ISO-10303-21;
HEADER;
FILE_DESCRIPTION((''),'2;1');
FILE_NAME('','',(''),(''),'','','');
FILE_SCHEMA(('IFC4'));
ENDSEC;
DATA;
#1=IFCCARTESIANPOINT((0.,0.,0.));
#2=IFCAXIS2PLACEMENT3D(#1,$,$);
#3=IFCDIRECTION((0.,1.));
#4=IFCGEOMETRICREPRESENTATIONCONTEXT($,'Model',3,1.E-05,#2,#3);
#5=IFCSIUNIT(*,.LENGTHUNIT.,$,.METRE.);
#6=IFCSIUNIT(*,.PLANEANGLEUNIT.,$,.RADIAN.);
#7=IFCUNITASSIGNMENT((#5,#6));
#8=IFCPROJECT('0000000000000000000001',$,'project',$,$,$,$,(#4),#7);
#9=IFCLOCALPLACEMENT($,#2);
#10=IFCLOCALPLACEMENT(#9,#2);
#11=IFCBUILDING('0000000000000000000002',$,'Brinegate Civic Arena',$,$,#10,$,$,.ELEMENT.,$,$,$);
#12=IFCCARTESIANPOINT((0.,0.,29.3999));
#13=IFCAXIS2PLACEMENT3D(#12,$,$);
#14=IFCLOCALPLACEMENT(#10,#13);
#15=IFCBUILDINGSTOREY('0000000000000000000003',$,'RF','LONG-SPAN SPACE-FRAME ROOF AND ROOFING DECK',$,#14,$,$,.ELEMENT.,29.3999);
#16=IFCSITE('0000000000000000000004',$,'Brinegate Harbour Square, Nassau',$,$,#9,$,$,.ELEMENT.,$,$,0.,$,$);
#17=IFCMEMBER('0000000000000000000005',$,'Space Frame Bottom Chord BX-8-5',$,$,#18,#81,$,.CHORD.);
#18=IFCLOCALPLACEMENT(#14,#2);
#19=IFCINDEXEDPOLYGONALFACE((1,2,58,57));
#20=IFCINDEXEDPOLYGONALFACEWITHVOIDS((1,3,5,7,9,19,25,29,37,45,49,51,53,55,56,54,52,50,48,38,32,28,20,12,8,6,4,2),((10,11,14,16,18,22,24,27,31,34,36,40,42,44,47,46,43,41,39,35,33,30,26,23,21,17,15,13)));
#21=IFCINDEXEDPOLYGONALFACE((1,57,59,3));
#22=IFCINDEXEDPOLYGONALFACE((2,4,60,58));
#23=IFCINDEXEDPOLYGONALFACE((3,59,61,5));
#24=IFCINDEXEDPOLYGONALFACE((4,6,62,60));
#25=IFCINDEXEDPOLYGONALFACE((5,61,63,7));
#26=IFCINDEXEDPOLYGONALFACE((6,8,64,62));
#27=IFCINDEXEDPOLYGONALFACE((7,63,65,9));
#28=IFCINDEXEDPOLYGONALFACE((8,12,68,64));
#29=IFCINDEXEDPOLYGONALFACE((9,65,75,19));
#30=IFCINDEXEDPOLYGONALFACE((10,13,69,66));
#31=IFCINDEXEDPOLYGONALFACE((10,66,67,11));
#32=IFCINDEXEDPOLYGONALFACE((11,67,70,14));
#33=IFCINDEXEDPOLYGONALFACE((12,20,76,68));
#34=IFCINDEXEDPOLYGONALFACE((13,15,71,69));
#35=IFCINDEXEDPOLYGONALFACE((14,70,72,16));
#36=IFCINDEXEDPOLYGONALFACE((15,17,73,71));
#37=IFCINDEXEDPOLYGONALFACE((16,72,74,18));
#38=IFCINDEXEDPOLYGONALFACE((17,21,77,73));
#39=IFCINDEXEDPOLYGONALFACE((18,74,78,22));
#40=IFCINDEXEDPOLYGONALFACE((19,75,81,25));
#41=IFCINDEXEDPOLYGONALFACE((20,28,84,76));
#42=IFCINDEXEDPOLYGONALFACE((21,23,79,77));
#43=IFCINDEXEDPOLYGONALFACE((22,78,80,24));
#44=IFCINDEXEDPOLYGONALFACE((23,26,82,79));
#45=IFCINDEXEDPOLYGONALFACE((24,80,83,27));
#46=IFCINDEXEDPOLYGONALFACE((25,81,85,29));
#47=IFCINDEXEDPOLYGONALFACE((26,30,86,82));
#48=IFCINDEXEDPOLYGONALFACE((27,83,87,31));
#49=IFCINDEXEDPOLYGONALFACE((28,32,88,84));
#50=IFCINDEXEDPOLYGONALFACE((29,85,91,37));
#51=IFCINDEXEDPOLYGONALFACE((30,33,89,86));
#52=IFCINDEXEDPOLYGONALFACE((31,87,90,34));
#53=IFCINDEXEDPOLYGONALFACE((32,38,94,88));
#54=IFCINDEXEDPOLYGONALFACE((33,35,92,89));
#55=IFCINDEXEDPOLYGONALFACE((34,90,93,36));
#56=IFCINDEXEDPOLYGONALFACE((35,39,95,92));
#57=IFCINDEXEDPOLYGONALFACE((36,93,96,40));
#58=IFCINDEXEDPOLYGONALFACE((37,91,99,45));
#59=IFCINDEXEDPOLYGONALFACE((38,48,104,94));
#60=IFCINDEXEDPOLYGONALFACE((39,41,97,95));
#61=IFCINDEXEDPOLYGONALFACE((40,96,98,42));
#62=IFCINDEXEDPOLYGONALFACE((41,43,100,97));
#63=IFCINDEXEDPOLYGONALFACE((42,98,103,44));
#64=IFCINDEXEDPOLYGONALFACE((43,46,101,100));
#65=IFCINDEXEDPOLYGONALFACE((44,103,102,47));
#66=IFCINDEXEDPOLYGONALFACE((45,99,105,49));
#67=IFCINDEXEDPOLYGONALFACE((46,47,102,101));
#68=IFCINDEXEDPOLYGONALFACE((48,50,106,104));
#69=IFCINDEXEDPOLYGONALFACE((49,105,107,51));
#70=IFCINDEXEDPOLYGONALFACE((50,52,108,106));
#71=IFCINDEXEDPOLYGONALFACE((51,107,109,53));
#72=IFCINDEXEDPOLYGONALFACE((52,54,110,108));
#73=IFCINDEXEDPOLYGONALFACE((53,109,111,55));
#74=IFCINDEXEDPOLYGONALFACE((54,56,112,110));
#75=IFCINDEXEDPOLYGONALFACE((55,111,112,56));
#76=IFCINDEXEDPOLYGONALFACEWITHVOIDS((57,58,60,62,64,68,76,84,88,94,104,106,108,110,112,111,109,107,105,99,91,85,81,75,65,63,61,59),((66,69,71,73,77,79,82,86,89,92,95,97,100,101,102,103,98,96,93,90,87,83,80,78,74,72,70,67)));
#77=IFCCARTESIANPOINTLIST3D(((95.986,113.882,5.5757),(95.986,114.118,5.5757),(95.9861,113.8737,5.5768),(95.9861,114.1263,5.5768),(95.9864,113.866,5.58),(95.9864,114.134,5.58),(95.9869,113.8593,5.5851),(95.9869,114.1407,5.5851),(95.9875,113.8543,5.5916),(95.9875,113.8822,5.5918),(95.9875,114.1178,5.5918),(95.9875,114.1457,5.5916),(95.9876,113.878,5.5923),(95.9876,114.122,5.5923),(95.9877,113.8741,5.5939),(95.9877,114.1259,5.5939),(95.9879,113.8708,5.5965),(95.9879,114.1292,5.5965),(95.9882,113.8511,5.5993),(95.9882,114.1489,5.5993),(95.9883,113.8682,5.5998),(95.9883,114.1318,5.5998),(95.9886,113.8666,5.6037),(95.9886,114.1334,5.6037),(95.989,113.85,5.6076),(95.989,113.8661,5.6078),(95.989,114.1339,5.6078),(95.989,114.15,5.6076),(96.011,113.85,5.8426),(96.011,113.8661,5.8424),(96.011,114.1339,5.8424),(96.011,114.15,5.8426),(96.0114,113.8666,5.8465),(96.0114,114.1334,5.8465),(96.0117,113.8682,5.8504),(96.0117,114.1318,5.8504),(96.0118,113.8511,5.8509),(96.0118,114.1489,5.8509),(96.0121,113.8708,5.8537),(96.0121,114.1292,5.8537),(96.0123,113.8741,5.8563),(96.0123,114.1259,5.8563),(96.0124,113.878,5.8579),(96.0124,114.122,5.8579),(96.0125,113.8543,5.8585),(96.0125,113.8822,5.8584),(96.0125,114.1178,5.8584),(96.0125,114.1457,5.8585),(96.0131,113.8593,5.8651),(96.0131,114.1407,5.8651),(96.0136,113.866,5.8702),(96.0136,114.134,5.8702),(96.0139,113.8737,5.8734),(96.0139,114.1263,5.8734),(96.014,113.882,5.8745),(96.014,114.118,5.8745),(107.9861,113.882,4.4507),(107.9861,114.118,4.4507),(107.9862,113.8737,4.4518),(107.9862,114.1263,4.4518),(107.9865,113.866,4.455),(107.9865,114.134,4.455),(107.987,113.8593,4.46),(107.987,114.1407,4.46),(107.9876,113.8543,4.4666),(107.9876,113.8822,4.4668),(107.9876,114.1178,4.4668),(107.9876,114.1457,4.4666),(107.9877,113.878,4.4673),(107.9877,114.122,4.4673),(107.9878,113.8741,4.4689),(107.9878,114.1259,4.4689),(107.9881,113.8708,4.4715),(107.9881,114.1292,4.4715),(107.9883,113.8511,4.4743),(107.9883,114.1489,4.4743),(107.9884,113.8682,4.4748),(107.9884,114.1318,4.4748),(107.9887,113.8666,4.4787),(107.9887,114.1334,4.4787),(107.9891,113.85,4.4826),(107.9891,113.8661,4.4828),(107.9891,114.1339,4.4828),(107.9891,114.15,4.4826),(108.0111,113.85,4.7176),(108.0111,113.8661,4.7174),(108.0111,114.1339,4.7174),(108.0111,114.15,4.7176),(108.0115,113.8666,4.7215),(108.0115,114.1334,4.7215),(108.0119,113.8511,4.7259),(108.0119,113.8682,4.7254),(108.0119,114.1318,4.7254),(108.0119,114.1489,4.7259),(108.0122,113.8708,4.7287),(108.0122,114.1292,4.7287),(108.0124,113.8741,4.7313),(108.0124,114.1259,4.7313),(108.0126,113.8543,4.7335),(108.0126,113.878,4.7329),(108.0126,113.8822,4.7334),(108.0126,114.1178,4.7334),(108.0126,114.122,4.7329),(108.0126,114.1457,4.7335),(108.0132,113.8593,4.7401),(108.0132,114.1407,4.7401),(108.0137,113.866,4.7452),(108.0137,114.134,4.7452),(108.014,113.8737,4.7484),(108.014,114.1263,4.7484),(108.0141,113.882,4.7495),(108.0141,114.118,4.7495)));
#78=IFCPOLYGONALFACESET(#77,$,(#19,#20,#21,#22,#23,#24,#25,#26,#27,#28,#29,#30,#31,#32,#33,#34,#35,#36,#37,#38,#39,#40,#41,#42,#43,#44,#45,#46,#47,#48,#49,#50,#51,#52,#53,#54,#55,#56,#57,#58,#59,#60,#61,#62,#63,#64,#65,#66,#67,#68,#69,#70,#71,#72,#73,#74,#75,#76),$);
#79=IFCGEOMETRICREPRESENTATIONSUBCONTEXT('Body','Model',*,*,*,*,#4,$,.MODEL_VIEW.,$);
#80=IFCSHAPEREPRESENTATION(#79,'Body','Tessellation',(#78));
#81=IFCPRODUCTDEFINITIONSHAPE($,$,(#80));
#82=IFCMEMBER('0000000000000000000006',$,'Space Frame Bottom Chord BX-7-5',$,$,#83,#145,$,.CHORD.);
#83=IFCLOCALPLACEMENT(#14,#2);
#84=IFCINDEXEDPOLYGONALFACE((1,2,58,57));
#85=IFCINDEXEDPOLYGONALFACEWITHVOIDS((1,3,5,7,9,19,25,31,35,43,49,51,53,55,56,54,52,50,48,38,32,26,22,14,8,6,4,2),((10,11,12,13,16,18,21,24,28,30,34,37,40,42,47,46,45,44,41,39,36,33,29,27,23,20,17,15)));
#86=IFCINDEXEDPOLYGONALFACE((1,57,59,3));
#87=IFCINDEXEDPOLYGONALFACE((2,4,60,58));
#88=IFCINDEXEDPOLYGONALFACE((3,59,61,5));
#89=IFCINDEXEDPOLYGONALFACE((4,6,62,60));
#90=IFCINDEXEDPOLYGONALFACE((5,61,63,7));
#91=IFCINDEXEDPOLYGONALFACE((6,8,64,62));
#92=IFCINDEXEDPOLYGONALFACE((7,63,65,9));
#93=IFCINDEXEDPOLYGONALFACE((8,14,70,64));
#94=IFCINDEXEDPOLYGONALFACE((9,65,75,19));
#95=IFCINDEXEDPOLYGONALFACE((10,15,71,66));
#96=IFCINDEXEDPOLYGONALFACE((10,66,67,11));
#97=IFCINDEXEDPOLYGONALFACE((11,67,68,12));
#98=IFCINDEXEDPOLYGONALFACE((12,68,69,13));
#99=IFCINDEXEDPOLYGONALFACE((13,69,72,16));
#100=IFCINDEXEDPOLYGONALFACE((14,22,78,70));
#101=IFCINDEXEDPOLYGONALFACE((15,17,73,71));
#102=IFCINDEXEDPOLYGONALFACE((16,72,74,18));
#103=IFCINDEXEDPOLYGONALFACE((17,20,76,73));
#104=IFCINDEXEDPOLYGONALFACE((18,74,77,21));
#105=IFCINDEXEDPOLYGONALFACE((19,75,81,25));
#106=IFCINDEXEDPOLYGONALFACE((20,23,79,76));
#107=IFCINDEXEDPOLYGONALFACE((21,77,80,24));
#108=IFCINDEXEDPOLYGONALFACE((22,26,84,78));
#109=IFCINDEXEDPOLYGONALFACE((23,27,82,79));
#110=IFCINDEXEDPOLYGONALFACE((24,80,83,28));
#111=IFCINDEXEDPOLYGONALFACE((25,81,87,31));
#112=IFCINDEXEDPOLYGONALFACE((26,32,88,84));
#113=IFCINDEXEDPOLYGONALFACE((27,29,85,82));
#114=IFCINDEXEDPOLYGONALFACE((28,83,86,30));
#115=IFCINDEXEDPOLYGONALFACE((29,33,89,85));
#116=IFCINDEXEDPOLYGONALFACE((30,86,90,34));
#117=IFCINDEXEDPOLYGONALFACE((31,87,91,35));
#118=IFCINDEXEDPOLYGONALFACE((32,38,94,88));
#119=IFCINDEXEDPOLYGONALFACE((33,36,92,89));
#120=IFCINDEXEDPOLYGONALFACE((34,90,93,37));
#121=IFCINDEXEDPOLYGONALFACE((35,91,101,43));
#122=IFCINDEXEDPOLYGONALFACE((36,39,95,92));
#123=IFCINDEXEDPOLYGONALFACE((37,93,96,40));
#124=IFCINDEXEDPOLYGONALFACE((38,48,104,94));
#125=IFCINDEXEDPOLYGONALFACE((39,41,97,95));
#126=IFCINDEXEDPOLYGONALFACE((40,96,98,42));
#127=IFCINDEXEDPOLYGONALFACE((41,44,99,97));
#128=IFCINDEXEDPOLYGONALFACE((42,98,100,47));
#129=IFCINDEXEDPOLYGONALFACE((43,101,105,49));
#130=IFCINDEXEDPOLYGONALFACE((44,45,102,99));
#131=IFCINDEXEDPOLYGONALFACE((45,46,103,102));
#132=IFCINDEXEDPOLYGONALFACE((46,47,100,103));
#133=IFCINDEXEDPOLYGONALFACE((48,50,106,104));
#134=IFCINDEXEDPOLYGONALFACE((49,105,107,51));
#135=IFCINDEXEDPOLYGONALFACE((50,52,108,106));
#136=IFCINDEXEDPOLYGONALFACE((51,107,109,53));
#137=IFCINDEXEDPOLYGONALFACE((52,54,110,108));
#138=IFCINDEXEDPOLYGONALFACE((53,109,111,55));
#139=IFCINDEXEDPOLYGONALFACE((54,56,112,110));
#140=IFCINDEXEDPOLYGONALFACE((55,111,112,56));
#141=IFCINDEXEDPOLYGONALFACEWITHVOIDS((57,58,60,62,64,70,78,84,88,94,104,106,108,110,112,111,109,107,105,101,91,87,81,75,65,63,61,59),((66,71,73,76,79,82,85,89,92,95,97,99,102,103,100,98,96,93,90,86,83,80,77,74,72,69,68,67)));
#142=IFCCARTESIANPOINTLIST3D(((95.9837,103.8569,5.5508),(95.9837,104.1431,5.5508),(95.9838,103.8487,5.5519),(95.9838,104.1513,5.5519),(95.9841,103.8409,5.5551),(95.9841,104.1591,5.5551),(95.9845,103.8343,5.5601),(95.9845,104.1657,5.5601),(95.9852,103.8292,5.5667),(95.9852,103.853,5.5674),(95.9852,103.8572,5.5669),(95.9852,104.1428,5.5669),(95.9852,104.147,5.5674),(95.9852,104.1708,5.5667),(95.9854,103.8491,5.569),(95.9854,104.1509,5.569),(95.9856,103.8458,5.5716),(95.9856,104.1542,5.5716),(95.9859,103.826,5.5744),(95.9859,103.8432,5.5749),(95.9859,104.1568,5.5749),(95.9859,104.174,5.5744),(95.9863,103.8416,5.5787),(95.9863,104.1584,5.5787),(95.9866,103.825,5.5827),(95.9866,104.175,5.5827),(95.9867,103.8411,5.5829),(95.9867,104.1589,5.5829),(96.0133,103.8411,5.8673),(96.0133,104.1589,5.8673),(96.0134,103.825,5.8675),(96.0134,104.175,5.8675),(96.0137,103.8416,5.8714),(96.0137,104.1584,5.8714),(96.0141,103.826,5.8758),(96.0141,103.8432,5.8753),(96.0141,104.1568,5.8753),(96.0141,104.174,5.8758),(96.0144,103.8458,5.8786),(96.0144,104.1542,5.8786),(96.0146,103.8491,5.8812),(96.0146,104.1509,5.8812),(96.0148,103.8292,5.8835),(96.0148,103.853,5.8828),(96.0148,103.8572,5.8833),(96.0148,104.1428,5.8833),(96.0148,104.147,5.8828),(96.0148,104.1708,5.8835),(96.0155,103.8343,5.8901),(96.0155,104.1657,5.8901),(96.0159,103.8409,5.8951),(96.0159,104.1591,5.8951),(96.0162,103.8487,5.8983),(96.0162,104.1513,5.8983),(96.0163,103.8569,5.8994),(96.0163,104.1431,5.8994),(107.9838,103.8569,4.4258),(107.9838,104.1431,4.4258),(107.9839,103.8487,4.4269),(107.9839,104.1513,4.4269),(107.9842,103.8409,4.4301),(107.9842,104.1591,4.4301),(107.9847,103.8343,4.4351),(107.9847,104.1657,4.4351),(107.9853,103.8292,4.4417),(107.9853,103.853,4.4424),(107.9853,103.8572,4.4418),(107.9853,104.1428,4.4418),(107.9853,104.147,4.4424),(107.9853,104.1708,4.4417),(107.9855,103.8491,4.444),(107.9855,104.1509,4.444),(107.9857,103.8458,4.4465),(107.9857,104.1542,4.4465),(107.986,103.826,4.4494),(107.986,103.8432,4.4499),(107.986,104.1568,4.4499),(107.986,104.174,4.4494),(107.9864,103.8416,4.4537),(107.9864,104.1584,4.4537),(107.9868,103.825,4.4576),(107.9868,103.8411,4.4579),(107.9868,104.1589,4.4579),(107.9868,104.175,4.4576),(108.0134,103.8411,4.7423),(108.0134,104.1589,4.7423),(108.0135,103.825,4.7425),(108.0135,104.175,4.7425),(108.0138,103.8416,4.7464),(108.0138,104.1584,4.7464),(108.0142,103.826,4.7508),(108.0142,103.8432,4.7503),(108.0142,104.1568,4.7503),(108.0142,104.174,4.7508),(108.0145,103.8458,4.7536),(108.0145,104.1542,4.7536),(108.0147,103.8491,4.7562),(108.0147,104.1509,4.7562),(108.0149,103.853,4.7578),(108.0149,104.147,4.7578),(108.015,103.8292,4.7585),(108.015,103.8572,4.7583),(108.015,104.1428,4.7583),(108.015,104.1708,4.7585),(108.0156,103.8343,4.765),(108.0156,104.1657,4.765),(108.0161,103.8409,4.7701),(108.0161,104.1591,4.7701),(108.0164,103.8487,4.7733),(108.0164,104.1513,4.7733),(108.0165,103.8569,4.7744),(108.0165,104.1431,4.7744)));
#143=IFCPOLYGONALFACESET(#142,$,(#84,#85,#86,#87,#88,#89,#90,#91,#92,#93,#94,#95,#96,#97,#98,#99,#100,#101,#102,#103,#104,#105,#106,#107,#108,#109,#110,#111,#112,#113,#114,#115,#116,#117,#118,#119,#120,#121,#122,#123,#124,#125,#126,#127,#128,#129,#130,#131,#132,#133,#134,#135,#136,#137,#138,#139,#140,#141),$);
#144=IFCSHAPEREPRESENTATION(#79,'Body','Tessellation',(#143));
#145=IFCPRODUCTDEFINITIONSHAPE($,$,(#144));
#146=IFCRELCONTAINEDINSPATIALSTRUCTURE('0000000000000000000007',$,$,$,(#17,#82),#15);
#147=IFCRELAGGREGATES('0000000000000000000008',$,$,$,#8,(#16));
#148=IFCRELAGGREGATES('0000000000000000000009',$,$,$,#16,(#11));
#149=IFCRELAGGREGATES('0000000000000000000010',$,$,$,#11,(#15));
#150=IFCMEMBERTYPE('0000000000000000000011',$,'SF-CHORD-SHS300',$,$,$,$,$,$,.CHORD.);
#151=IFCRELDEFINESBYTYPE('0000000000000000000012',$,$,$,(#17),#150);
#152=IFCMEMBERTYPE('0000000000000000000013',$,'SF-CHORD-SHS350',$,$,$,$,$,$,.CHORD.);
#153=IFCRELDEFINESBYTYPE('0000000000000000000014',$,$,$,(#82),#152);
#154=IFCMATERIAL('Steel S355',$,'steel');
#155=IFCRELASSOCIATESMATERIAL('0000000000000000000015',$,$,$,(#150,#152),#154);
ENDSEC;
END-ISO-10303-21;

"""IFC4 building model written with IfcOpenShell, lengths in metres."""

from ifc_helpers import new_model, si_unit, direction, frame, origin, origin_2d, place, context, subcontext, project, spatial, hollow_rectangle, extrude, material, material_profile, profile_set, type_object, element, save


model = new_model("IFC4")

# Units and contexts
model_context = context("Model", 3, precision=1e-05, world=origin(), true_north=direction((0.0, 1.0)))
body_context = subcontext(model_context, "Body", "Model", "MODEL_VIEW")
ifc_project = project(units=[si_unit("LENGTHUNIT", "METRE"), si_unit("PLANEANGLEUNIT", "RADIAN")], contexts=[model_context])

# Site, building, storey
site_placement = place(None, origin())
site = spatial("IfcSite", under=ifc_project, at=site_placement, Name="Brinegate Harbour Square, Nassau", CompositionType="ELEMENT", RefElevation=0.0)
building_placement = place(site_placement, origin())
building = spatial("IfcBuilding", under=site, at=building_placement, Name="Brinegate Civic Arena", CompositionType="ELEMENT")
storey_placement = place(building_placement, frame((0.0, 0.0, 29.3999)))
storey = spatial("IfcBuildingStorey", under=building, at=storey_placement, Name="RF", Description="LONG-SPAN SPACE-FRAME ROOF AND ROOFING DECK", CompositionType="ELEMENT", Elevation=29.3999)

# Shared definitions
ifc_material_1 = material(Name="Steel S355", Category="steel")

# Members
ifc_material_profile_1 = material_profile(ifc_material_1, hollow_rectangle(XDim=0.3, YDim=0.3, WallThickness=0.0161, InnerFilletRadius=0.0161, OuterFilletRadius=0.032, at=origin_2d()), Name="SHS300X16")
ifc_profile_set_1 = profile_set([ifc_material_profile_1], Name="Steel S355")
member_type_1 = type_object("IfcMemberType", Name="SF-CHORD-SHS300", PredefinedType="CHORD", material=ifc_profile_set_1)
member_1_placement = place(storey_placement, frame((96.0, 114.0, 5.7251), z_axis=(0.995634, 0.0, -0.093341), x_axis=(0.0, 1.0, 0.0)))
element("IfcMember", 1, at=member_1_placement, inside=storey, type_object=member_type_1, Name="Space Frame Bottom Chord BX-8-5", PredefinedType="CHORD", context=body_context, shape_type="SweptSolid", body=[
    extrude(hollow_rectangle(XDim=0.3, YDim=0.3, WallThickness=0.0161, InnerFilletRadius=0.0161, OuterFilletRadius=0.032, at=origin_2d()), origin(), (0.0, 0.0, 1.0), 12.0527),
])
ifc_material_profile_2 = material_profile(ifc_material_1, hollow_rectangle(XDim=0.3501, YDim=0.3501, WallThickness=0.0161, InnerFilletRadius=0.0161, OuterFilletRadius=0.032, at=origin_2d()), Name="SHS350X16")
ifc_profile_set_2 = profile_set([ifc_material_profile_2], Name="Steel S355")
member_type_2 = type_object("IfcMemberType", Name="SF-CHORD-SHS350", PredefinedType="CHORD", material=ifc_profile_set_2)
for number, where, z_axis, x_axis, name in (
    (2, (96.0, 104.0, 5.7251), (0.995634, 0.0, -0.093341), (0.0, 1.0, 0.0), "Space Frame Bottom Chord BX-7-5"),
):
    element("IfcMember", number, at=place(storey_placement, frame(where, z_axis=z_axis, x_axis=x_axis)), inside=storey, type_object=member_type_2, Name=name, PredefinedType="CHORD", context=body_context, shape_type="SweptSolid", body=[
        extrude(hollow_rectangle(XDim=0.3501, YDim=0.3501, WallThickness=0.0161, InnerFilletRadius=0.0161, OuterFilletRadius=0.032, at=origin_2d()), origin(), (0.0, 0.0, 1.0), 12.0527),
    ])

save(model, "model.ifc")
